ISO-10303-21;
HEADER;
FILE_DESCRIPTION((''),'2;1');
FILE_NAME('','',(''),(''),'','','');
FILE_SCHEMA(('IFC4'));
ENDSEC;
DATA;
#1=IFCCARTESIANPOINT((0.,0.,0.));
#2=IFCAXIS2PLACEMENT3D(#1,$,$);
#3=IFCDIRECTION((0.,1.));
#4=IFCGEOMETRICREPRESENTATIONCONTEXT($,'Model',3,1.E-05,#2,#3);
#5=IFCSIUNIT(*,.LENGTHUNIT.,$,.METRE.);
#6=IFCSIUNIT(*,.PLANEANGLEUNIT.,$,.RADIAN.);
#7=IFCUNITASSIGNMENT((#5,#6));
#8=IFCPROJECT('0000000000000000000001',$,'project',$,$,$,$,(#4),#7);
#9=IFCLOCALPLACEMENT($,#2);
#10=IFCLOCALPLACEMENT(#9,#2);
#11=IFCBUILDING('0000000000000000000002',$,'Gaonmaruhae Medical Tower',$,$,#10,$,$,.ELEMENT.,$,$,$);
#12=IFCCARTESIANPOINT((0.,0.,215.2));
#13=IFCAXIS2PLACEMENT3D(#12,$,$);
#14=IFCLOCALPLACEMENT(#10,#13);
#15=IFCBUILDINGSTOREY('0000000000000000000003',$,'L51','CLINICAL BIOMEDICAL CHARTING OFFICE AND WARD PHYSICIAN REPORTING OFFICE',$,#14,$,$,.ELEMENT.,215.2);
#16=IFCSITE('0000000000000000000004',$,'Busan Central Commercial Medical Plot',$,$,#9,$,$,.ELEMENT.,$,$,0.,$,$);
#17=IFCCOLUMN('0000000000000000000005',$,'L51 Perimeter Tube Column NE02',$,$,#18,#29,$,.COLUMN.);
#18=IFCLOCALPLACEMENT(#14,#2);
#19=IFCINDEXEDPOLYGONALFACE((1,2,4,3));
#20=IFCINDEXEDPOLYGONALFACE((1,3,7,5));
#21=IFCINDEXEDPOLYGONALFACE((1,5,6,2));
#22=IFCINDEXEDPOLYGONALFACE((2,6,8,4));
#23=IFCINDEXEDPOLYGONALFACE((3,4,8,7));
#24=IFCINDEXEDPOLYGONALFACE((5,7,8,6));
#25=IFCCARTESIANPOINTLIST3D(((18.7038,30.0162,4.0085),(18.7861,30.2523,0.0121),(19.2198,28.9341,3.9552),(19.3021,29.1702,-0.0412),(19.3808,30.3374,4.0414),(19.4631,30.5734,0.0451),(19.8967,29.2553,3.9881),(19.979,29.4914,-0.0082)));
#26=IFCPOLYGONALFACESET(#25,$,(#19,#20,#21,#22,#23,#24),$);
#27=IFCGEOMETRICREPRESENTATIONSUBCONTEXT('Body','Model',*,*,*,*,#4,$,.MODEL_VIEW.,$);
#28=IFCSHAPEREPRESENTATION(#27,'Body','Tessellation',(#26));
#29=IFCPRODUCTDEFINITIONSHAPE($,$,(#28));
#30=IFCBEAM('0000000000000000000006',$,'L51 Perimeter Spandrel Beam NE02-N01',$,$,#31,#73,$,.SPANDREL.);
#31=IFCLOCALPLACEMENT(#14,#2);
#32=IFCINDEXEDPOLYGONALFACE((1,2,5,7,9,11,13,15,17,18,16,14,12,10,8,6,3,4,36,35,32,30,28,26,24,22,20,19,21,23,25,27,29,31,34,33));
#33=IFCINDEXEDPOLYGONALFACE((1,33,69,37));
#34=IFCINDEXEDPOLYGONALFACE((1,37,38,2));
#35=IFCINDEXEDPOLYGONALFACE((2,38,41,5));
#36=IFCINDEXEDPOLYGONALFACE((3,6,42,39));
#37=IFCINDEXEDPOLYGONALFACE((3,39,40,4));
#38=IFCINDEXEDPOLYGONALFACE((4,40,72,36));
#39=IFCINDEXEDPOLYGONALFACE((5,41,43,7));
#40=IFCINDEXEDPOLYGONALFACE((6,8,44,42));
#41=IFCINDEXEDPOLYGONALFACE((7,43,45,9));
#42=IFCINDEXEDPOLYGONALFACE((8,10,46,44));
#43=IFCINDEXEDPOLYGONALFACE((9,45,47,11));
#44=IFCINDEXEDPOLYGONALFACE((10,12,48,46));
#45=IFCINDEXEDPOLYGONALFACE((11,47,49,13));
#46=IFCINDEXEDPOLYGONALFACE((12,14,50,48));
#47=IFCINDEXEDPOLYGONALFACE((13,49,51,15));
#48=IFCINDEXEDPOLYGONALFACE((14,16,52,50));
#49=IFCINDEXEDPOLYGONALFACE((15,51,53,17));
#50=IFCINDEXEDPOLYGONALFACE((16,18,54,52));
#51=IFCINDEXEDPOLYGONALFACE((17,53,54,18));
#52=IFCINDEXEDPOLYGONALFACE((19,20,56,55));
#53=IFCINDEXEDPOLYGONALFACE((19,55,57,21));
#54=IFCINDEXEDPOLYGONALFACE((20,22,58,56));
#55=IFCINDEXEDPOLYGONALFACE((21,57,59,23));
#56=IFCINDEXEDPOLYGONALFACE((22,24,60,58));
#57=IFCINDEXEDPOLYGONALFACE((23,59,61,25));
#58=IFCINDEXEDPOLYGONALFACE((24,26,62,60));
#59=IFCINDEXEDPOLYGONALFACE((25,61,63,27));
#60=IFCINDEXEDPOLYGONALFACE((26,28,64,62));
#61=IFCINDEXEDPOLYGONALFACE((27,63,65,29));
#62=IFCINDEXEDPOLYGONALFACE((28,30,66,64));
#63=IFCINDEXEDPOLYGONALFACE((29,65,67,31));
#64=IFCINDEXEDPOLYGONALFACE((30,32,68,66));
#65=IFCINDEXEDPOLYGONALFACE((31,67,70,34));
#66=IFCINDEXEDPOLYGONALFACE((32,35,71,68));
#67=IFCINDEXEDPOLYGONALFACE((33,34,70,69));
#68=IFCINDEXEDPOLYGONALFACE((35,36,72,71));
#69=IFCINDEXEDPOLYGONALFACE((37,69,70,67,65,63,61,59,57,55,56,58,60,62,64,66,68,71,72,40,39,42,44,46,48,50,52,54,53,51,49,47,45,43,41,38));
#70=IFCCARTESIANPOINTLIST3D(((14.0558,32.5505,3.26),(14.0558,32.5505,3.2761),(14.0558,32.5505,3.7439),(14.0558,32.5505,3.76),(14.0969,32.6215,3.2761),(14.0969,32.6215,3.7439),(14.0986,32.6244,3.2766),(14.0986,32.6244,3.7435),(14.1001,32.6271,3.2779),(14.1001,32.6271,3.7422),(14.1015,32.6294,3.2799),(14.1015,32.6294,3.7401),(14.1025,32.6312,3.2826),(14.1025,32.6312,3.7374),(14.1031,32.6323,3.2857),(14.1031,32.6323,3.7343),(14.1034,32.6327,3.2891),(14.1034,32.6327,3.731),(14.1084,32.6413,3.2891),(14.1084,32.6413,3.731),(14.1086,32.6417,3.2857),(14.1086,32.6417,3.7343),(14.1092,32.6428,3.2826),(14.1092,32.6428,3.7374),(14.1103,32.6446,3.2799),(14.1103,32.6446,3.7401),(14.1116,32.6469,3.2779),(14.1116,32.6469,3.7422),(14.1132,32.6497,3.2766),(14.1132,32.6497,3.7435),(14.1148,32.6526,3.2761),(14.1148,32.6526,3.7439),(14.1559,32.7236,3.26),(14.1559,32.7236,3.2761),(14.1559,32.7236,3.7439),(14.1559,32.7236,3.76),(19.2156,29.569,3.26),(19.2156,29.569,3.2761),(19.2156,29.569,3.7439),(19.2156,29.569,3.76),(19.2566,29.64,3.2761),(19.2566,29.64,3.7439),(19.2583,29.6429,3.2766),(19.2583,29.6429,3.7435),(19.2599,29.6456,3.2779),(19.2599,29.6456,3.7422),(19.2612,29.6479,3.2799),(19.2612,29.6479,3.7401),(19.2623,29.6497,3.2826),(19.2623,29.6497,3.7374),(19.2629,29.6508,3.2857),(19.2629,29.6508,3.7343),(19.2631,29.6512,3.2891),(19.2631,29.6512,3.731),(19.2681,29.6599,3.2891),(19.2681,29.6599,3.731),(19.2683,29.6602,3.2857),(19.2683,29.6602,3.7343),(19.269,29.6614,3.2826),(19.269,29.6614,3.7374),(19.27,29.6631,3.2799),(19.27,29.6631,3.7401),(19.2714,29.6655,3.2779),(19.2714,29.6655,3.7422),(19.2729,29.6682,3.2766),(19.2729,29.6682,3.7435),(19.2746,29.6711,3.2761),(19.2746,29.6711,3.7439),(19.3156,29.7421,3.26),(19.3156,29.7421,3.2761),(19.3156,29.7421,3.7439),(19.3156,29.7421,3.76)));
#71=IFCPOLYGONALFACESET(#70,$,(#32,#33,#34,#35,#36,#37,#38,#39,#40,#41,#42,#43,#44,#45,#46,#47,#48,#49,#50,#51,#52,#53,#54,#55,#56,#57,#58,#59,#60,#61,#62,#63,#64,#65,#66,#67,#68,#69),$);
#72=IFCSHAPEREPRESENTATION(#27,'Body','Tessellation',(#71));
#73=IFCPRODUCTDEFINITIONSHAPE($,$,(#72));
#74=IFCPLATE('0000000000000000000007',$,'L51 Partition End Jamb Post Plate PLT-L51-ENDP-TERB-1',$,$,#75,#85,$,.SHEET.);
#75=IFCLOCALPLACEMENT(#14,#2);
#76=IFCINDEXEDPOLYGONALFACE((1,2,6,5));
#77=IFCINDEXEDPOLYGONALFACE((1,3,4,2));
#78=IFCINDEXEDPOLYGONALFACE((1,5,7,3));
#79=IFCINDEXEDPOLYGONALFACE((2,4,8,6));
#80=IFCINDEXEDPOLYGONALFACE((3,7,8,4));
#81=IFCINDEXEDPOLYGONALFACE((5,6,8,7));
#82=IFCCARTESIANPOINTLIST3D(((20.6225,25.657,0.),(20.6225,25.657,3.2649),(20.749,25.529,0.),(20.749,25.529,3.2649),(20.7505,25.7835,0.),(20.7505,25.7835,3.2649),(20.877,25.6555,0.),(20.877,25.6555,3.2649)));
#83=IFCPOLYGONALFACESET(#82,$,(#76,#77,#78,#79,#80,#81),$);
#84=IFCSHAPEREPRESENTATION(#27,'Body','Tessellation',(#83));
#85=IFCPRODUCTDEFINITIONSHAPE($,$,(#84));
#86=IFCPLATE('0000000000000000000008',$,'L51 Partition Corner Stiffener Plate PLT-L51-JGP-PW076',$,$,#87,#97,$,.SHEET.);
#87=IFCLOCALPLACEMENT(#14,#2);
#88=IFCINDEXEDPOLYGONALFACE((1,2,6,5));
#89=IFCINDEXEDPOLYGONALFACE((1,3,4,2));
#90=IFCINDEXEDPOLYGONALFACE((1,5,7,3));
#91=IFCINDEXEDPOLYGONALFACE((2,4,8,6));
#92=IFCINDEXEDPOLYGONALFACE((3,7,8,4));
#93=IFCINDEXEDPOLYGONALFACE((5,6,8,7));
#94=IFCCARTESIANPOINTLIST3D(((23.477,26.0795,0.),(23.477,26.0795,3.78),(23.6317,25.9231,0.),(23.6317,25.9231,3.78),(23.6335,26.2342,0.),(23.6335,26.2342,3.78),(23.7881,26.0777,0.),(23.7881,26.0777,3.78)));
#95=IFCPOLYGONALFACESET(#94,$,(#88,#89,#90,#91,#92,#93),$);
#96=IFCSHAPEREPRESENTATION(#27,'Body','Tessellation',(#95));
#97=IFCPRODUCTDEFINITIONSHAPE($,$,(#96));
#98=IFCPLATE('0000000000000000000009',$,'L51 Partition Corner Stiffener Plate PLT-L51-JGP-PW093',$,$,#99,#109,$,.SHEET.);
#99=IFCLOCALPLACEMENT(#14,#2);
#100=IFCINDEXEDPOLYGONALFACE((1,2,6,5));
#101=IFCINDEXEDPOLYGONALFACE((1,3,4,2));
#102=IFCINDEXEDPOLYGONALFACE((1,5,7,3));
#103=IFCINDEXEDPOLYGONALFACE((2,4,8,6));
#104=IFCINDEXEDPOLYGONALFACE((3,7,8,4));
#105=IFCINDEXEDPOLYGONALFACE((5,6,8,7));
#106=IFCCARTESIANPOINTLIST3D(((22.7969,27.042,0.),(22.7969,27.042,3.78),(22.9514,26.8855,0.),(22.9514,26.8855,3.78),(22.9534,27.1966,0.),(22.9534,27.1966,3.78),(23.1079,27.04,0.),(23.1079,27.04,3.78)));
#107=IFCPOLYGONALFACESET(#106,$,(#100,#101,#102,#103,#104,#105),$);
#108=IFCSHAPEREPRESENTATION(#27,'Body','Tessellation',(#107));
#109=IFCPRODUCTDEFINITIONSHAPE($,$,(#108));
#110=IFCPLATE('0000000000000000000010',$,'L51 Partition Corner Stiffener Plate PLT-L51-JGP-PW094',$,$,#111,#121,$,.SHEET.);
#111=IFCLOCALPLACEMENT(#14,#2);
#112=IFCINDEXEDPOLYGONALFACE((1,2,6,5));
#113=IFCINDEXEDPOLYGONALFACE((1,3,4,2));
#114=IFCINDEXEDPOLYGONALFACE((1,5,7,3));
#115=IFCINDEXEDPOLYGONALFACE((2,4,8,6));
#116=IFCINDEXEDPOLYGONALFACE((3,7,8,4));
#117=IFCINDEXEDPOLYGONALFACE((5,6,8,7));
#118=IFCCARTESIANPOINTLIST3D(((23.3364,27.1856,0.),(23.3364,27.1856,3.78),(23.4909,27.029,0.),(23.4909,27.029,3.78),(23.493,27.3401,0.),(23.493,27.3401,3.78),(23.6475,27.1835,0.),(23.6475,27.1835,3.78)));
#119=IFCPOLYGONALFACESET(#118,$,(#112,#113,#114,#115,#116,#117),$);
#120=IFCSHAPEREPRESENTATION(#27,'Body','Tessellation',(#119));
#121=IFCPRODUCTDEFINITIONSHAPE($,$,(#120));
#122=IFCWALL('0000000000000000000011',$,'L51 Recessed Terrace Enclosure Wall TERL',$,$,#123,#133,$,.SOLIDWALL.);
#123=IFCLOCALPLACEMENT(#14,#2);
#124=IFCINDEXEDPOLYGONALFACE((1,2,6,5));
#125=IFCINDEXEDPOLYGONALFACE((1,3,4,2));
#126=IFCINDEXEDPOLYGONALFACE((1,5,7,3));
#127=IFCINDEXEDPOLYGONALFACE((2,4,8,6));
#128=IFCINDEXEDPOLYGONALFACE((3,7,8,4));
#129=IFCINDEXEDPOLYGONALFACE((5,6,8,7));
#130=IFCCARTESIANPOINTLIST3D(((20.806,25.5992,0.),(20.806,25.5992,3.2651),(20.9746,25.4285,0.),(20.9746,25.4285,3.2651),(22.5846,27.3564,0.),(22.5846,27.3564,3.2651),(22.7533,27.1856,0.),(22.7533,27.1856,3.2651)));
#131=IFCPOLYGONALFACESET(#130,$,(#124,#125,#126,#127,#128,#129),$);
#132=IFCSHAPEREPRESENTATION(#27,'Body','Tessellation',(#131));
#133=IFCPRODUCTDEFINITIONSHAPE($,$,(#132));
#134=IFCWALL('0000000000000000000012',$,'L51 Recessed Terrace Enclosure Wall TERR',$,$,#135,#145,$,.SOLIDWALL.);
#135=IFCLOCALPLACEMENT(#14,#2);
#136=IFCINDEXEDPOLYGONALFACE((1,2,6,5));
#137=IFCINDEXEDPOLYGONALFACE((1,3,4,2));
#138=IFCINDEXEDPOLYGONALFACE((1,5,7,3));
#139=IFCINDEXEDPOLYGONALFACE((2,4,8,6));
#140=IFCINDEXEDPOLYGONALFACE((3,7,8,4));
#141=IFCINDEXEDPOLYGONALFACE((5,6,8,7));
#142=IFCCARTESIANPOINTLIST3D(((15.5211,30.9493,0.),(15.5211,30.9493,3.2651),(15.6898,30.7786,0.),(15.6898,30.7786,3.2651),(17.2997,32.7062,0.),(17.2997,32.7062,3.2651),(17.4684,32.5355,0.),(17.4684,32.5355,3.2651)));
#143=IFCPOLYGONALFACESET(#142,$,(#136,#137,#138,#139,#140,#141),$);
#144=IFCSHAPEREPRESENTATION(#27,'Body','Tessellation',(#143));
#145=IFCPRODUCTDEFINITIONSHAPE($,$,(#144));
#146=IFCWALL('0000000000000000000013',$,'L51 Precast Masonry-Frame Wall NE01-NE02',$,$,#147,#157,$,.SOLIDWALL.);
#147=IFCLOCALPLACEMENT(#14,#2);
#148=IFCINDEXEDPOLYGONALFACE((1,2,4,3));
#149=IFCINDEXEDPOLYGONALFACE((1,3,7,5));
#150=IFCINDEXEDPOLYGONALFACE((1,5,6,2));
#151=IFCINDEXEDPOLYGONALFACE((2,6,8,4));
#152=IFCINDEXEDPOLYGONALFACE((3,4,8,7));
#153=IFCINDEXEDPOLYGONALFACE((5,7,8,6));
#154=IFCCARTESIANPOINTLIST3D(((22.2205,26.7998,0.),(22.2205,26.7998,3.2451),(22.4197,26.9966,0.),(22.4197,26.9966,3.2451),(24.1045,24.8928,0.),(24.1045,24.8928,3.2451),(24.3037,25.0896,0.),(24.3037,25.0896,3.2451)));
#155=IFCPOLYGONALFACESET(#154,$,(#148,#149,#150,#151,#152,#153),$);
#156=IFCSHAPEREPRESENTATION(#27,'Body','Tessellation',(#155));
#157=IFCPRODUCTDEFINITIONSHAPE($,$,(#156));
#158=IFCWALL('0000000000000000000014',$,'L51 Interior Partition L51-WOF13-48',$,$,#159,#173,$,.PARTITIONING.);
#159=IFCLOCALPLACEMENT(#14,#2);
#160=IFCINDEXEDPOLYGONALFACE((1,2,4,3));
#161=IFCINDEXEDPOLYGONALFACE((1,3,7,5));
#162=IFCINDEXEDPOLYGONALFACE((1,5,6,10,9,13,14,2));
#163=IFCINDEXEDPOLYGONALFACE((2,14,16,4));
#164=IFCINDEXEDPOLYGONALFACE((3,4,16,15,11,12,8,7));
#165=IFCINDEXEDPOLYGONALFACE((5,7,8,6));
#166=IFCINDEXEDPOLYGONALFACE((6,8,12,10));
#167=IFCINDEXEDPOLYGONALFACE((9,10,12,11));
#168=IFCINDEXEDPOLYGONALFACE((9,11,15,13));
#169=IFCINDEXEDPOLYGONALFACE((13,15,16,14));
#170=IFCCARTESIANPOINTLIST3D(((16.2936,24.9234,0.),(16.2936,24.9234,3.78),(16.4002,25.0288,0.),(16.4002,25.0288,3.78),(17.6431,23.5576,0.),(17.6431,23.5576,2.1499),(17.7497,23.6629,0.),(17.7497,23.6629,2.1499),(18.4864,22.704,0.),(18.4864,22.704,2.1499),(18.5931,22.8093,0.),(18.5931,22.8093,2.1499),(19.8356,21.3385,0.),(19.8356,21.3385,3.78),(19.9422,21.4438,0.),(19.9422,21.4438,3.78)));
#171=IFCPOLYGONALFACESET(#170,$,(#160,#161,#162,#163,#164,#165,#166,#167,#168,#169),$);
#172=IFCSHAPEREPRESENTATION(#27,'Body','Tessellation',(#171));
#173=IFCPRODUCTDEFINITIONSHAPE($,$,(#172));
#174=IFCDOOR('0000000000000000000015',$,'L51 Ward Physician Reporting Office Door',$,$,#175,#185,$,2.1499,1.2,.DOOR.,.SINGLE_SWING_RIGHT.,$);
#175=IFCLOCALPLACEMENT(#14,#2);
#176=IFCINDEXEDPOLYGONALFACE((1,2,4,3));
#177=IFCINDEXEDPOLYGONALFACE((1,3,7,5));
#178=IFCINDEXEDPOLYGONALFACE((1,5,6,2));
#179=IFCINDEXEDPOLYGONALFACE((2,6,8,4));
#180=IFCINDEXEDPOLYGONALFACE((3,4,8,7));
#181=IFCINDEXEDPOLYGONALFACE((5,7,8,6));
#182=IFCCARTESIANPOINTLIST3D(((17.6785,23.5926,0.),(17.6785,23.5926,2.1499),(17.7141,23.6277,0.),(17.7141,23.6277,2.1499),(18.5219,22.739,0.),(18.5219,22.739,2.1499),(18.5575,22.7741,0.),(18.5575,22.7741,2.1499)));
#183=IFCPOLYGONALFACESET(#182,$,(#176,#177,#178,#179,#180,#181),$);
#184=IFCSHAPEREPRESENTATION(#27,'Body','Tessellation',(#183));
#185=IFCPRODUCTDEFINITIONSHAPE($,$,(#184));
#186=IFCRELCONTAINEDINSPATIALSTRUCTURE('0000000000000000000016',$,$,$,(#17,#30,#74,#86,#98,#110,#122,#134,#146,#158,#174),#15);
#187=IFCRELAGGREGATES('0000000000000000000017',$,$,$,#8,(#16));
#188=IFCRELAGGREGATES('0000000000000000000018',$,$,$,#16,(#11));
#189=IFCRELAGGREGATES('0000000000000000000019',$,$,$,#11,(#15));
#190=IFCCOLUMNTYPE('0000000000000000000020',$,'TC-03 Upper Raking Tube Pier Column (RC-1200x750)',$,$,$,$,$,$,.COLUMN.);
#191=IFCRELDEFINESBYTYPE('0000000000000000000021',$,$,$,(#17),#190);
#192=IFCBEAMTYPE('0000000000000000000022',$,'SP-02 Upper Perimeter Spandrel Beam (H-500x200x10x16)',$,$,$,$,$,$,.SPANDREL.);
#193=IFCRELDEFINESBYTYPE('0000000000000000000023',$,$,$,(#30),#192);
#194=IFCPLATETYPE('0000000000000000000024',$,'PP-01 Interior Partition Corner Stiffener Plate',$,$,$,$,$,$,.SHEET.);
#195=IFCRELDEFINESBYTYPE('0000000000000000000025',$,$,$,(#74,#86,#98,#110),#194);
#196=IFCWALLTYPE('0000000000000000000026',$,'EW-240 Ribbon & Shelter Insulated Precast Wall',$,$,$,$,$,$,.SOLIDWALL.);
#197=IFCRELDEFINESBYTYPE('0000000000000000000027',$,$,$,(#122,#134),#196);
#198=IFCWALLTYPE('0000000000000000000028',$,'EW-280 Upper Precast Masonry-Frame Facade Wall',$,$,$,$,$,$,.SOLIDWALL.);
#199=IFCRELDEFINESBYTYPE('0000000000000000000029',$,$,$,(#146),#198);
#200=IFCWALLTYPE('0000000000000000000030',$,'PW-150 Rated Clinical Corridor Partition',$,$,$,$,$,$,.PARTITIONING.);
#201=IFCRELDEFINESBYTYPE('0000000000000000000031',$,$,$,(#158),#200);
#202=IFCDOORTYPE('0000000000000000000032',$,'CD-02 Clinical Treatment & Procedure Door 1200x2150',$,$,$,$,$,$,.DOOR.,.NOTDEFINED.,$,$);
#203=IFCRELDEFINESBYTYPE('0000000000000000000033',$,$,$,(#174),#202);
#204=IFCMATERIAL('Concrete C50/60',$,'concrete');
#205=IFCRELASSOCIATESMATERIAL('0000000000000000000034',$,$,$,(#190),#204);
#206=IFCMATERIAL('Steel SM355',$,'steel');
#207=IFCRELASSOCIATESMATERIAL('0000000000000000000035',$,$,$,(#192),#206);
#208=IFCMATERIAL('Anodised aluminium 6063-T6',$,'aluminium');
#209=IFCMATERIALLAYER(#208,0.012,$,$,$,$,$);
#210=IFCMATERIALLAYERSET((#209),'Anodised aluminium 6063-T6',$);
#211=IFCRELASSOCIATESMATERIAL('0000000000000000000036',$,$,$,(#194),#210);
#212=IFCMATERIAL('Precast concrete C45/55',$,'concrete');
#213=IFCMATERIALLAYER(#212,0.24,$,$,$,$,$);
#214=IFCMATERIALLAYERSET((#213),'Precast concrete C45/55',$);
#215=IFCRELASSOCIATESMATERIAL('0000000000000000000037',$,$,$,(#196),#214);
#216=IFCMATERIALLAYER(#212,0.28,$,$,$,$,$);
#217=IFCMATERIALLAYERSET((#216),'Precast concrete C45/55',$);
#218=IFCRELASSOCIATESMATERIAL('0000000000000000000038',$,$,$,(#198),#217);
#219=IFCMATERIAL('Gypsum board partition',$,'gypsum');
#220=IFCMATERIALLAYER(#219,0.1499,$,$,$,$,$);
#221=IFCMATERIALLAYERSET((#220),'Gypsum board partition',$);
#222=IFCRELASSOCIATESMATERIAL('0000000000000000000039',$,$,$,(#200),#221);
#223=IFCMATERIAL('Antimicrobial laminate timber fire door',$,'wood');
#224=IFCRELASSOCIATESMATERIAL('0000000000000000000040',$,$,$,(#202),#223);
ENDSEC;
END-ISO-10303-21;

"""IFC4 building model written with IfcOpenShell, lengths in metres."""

from ifc_helpers import new_model, si_unit, direction, frame, frame_2d, origin, origin_2d, place, context, subcontext, project, spatial, rectangle, i_section, extrude, material, layer, layer_set, material_profile, profile_set, type_object, element, fill, save


model = new_model("IFC4")

# Units and contexts
model_context = context("Model", 3, precision=1e-05, world=origin(), true_north=direction((0.0, 1.0)))
body_context = subcontext(model_context, "Body", "Model", "MODEL_VIEW")
ifc_project = project(units=[si_unit("LENGTHUNIT", "METRE"), si_unit("PLANEANGLEUNIT", "RADIAN")], contexts=[model_context])

# Site, building, storey
site_placement = place(None, origin())
site = spatial("IfcSite", under=ifc_project, at=site_placement, Name="Busan Central Commercial Medical Plot", CompositionType="ELEMENT", RefElevation=0.0)
building_placement = place(site_placement, origin())
building = spatial("IfcBuilding", under=site, at=building_placement, Name="Gaonmaruhae Medical Tower", CompositionType="ELEMENT")
storey_placement = place(building_placement, frame((0.0, 0.0, 215.2)))
storey = spatial("IfcBuildingStorey", under=building, at=storey_placement, Name="L51", Description="CLINICAL BIOMEDICAL CHARTING OFFICE AND WARD PHYSICIAN REPORTING OFFICE", CompositionType="ELEMENT", Elevation=215.2)

# Column
ifc_material_1 = material(Name="Concrete C50/60", Category="concrete")
ifc_material_profile_1 = material_profile(ifc_material_1, rectangle(XDim=1.2, YDim=0.75, at=origin_2d()), Name="RC-1200x750")
ifc_profile_set_1 = profile_set([ifc_material_profile_1], Name="Concrete C50/60")
column_type = type_object("IfcColumnType", Name="TC-03 Upper Raking Tube Pier Column (RC-1200x750)", PredefinedType="COLUMN", material=ifc_profile_set_1)
column_placement = place(storey_placement, frame((19.3826, 29.8718, 0.002), z_axis=(-0.020548, -0.05896, 0.998049), x_axis=(-0.429968, 0.901751, 0.044419)))
element("IfcColumn", 1, at=column_placement, inside=storey, type_object=column_type, Name="L51 Perimeter Tube Column NE02", PredefinedType="COLUMN", context=body_context, shape_type="SweptSolid", body=[
    extrude(rectangle(XDim=1.2, YDim=0.75, at=origin_2d()), origin(), (0.0, 0.0, 1.0), 4.0042),
])

# Beam
ifc_material_2 = material(Name="Steel SM355", Category="steel")
ifc_material_profile_2 = material_profile(ifc_material_2, i_section(OverallWidth=0.2, OverallDepth=0.5, WebThickness=0.01, FlangeThickness=0.0161, FilletRadius=0.0129, at=origin_2d()), Name="H-500x200x10x16")
ifc_profile_set_2 = profile_set([ifc_material_profile_2], Name="Steel SM355")
beam_type = type_object("IfcBeamType", Name="SP-02 Upper Perimeter Spandrel Beam (H-500x200x10x16)", PredefinedType="SPANDREL", material=ifc_profile_set_2)
beam_placement = place(storey_placement, frame((19.2656, 29.6555, 3.51), z_axis=(-0.865843, 0.500316, 0.0), x_axis=(-0.500316, -0.865843, 0.0)))
element("IfcBeam", 2, at=beam_placement, inside=storey, type_object=beam_type, Name="L51 Perimeter Spandrel Beam NE02-N01", PredefinedType="SPANDREL", context=body_context, shape_type="SweptSolid", body=[
    extrude(i_section(OverallWidth=0.2, OverallDepth=0.5, WebThickness=0.01, FlangeThickness=0.0161, FilletRadius=0.0129, at=origin_2d()), origin(), (0.0, 0.0, 1.0), 5.9592),
])

# Plates
ifc_material_3 = material(Name="Anodised aluminium 6063-T6", Category="aluminium")
ifc_layer_1 = layer(ifc_material_3, 0.012)
ifc_layer_set_1 = layer_set([ifc_layer_1], Name="Anodised aluminium 6063-T6")
plate_type = type_object("IfcPlateType", Name="PP-01 Interior Partition Corner Stiffener Plate", PredefinedType="SHEET", material=ifc_layer_set_1)
plate_placement = place(storey_placement, frame((20.7498, 25.6562, 0.0), z_axis=(0.0, 0.0, 1.0), x_axis=(0.702774, -0.711413, 0.0)))
element("IfcPlate", 3, at=plate_placement, inside=storey, type_object=plate_type, Name="L51 Partition End Jamb Post Plate PLT-L51-ENDP-TERB-1", PredefinedType="SHEET", context=body_context, shape_type="SweptSolid", body=[
    extrude(rectangle(XDim=0.1799, YDim=0.1799, at=origin_2d()), origin(), (0.0, 0.0, 1.0), 3.2649),
])
for number, where, z_axis, x_axis, name in (
    (4, (23.6326, 26.0786, 0.0), (0.0, 0.0, 1.0), (0.711217, 0.702973, 0.0), "L51 Partition Corner Stiffener Plate PLT-L51-JGP-PW076"),
    (5, (22.9524, 27.041, 0.0), (0.0, 0.0, 1.0), (0.702575, -0.711609, 0.0), "L51 Partition Corner Stiffener Plate PLT-L51-JGP-PW093"),
    (6, (23.4919, 27.1846, 0.0), (0.0, 0.0, 1.0), (0.711732, 0.702451, 0.0), "L51 Partition Corner Stiffener Plate PLT-L51-JGP-PW094"),
):
    element("IfcPlate", number, at=place(storey_placement, frame(where, z_axis=z_axis, x_axis=x_axis)), inside=storey, type_object=plate_type, Name=name, PredefinedType="SHEET", context=body_context, shape_type="SweptSolid", body=[
        extrude(rectangle(XDim=0.22, YDim=0.22, at=origin_2d()), origin(), (0.0, 0.0, 1.0), 3.78),
    ])

# Walls
ifc_material_4 = material(Name="Precast concrete C45/55", Category="concrete")
ifc_layer_2 = layer(ifc_material_4, 0.24)
ifc_layer_set_2 = layer_set([ifc_layer_2], Name="Precast concrete C45/55")
wall_type_1 = type_object("IfcWallType", Name="EW-240 Ribbon & Shelter Insulated Precast Wall", PredefinedType="SOLIDWALL", material=ifc_layer_set_2)
wall_1_placement = place(storey_placement, frame((20.8904, 25.5139, 0.0), z_axis=(0.0, 0.0, 1.0), x_axis=(0.71139, 0.702797, 0.0)))
element("IfcWall", 7, at=wall_1_placement, inside=storey, type_object=wall_type_1, Name="L51 Recessed Terrace Enclosure Wall TERL", PredefinedType="SOLIDWALL", context=body_context, shape_type="SweptSolid", body=[
    extrude(rectangle(XDim=2.5002, YDim=0.24, at=frame_2d((1.25, 0.0))), origin(), (0.0, 0.0, 1.0), 3.2651),
])
wall_2_placement = place(storey_placement, frame((17.384, 32.6208, 0.0), z_axis=(0.0, 0.0, 1.0), x_axis=(-0.711439, -0.702748, 0.0)))
element("IfcWall", 8, at=wall_2_placement, inside=storey, type_object=wall_type_1, Name="L51 Recessed Terrace Enclosure Wall TERR", PredefinedType="SOLIDWALL", context=body_context, shape_type="SweptSolid", body=[
    extrude(rectangle(XDim=2.5, YDim=0.24, at=frame_2d((1.25, 0.0))), origin(), (0.0, 0.0, 1.0), 3.2651),
])
ifc_layer_3 = layer(ifc_material_4, 0.28)
ifc_layer_set_3 = layer_set([ifc_layer_3], Name="Precast concrete C45/55")
wall_type_2 = type_object("IfcWallType", Name="EW-280 Upper Precast Masonry-Frame Facade Wall", PredefinedType="SOLIDWALL", material=ifc_layer_set_3)
wall_3_placement = place(storey_placement, frame((22.3201, 26.8982, 0.0), z_axis=(0.0, 0.0, 1.0), x_axis=(0.702813, -0.711374, 0.0)))
element("IfcWall", 9, at=wall_3_placement, inside=storey, type_object=wall_type_2, Name="L51 Precast Masonry-Frame Wall NE01-NE02", PredefinedType="SOLIDWALL", context=body_context, shape_type="SweptSolid", body=[
    extrude(rectangle(XDim=2.6807, YDim=0.28, at=frame_2d((1.3403, 0.0))), origin(), (0.0, 0.0, 1.0), 3.2451),
])

# Wall, opening, door
ifc_material_5 = material(Name="Gypsum board partition", Category="gypsum")
ifc_layer_4 = layer(ifc_material_5, 0.1499)
ifc_layer_set_4 = layer_set([ifc_layer_4], Name="Gypsum board partition")
wall_type_3 = type_object("IfcWallType", Name="PW-150 Rated Clinical Corridor Partition", PredefinedType="PARTITIONING", material=ifc_layer_set_4)
wall_4_placement = place(storey_placement, frame((16.3469, 24.9761, 0.0), z_axis=(0.0, 0.0, 1.0), x_axis=(0.702831, -0.711357, 0.0)))
wall_4 = element("IfcWall", 10, at=wall_4_placement, inside=storey, type_object=wall_type_3, Name="L51 Interior Partition L51-WOF13-48", PredefinedType="PARTITIONING", context=body_context, shape_type="SweptSolid", body=[
    extrude(rectangle(XDim=5.0396, YDim=0.1499, at=frame_2d((2.5198, 0.0))), origin(), (0.0, 0.0, 1.0), 3.78),
])
opening_placement = place(wall_4_placement, frame((1.9199, 0.0, 0.0)))
opening = element("IfcOpeningElement", 11, at=opening_placement, cuts=wall_4, PredefinedType="OPENING", context=body_context, shape_type="SweptSolid", body=[
    extrude(rectangle(XDim=1.2, YDim=2.1499, at=frame_2d((0.6001, 1.075))), frame((0.0, 0.085, 0.0), z_axis=(0.0, -1.0, 0.0), x_axis=(1.0, 0.0, 0.0)), (0.0, 0.0, 1.0), 0.1699),
])
ifc_material_6 = material(Name="Antimicrobial laminate timber fire door", Category="wood")
door_type = type_object("IfcDoorType", Name="CD-02 Clinical Treatment & Procedure Door 1200x2150", OperationType="NOTDEFINED", PredefinedType="DOOR", material=ifc_material_6)
door_placement = place(opening_placement, origin())
door = element("IfcDoor", 12, at=door_placement, inside=storey, type_object=door_type, Name="L51 Ward Physician Reporting Office Door", OperationType="SINGLE_SWING_RIGHT", OverallHeight=2.1499, OverallWidth=1.2, PredefinedType="DOOR", context=body_context, shape_type="SweptSolid", body=[
    extrude(rectangle(XDim=1.2, YDim=2.1499, at=frame_2d((0.6001, 1.075))), frame((0.0, 0.0249, 0.0), z_axis=(0.0, -1.0, 0.0), x_axis=(1.0, 0.0, 0.0)), (0.0, 0.0, 1.0), 0.05),
])
fill(opening, door)

save(model, "model.ifc")
